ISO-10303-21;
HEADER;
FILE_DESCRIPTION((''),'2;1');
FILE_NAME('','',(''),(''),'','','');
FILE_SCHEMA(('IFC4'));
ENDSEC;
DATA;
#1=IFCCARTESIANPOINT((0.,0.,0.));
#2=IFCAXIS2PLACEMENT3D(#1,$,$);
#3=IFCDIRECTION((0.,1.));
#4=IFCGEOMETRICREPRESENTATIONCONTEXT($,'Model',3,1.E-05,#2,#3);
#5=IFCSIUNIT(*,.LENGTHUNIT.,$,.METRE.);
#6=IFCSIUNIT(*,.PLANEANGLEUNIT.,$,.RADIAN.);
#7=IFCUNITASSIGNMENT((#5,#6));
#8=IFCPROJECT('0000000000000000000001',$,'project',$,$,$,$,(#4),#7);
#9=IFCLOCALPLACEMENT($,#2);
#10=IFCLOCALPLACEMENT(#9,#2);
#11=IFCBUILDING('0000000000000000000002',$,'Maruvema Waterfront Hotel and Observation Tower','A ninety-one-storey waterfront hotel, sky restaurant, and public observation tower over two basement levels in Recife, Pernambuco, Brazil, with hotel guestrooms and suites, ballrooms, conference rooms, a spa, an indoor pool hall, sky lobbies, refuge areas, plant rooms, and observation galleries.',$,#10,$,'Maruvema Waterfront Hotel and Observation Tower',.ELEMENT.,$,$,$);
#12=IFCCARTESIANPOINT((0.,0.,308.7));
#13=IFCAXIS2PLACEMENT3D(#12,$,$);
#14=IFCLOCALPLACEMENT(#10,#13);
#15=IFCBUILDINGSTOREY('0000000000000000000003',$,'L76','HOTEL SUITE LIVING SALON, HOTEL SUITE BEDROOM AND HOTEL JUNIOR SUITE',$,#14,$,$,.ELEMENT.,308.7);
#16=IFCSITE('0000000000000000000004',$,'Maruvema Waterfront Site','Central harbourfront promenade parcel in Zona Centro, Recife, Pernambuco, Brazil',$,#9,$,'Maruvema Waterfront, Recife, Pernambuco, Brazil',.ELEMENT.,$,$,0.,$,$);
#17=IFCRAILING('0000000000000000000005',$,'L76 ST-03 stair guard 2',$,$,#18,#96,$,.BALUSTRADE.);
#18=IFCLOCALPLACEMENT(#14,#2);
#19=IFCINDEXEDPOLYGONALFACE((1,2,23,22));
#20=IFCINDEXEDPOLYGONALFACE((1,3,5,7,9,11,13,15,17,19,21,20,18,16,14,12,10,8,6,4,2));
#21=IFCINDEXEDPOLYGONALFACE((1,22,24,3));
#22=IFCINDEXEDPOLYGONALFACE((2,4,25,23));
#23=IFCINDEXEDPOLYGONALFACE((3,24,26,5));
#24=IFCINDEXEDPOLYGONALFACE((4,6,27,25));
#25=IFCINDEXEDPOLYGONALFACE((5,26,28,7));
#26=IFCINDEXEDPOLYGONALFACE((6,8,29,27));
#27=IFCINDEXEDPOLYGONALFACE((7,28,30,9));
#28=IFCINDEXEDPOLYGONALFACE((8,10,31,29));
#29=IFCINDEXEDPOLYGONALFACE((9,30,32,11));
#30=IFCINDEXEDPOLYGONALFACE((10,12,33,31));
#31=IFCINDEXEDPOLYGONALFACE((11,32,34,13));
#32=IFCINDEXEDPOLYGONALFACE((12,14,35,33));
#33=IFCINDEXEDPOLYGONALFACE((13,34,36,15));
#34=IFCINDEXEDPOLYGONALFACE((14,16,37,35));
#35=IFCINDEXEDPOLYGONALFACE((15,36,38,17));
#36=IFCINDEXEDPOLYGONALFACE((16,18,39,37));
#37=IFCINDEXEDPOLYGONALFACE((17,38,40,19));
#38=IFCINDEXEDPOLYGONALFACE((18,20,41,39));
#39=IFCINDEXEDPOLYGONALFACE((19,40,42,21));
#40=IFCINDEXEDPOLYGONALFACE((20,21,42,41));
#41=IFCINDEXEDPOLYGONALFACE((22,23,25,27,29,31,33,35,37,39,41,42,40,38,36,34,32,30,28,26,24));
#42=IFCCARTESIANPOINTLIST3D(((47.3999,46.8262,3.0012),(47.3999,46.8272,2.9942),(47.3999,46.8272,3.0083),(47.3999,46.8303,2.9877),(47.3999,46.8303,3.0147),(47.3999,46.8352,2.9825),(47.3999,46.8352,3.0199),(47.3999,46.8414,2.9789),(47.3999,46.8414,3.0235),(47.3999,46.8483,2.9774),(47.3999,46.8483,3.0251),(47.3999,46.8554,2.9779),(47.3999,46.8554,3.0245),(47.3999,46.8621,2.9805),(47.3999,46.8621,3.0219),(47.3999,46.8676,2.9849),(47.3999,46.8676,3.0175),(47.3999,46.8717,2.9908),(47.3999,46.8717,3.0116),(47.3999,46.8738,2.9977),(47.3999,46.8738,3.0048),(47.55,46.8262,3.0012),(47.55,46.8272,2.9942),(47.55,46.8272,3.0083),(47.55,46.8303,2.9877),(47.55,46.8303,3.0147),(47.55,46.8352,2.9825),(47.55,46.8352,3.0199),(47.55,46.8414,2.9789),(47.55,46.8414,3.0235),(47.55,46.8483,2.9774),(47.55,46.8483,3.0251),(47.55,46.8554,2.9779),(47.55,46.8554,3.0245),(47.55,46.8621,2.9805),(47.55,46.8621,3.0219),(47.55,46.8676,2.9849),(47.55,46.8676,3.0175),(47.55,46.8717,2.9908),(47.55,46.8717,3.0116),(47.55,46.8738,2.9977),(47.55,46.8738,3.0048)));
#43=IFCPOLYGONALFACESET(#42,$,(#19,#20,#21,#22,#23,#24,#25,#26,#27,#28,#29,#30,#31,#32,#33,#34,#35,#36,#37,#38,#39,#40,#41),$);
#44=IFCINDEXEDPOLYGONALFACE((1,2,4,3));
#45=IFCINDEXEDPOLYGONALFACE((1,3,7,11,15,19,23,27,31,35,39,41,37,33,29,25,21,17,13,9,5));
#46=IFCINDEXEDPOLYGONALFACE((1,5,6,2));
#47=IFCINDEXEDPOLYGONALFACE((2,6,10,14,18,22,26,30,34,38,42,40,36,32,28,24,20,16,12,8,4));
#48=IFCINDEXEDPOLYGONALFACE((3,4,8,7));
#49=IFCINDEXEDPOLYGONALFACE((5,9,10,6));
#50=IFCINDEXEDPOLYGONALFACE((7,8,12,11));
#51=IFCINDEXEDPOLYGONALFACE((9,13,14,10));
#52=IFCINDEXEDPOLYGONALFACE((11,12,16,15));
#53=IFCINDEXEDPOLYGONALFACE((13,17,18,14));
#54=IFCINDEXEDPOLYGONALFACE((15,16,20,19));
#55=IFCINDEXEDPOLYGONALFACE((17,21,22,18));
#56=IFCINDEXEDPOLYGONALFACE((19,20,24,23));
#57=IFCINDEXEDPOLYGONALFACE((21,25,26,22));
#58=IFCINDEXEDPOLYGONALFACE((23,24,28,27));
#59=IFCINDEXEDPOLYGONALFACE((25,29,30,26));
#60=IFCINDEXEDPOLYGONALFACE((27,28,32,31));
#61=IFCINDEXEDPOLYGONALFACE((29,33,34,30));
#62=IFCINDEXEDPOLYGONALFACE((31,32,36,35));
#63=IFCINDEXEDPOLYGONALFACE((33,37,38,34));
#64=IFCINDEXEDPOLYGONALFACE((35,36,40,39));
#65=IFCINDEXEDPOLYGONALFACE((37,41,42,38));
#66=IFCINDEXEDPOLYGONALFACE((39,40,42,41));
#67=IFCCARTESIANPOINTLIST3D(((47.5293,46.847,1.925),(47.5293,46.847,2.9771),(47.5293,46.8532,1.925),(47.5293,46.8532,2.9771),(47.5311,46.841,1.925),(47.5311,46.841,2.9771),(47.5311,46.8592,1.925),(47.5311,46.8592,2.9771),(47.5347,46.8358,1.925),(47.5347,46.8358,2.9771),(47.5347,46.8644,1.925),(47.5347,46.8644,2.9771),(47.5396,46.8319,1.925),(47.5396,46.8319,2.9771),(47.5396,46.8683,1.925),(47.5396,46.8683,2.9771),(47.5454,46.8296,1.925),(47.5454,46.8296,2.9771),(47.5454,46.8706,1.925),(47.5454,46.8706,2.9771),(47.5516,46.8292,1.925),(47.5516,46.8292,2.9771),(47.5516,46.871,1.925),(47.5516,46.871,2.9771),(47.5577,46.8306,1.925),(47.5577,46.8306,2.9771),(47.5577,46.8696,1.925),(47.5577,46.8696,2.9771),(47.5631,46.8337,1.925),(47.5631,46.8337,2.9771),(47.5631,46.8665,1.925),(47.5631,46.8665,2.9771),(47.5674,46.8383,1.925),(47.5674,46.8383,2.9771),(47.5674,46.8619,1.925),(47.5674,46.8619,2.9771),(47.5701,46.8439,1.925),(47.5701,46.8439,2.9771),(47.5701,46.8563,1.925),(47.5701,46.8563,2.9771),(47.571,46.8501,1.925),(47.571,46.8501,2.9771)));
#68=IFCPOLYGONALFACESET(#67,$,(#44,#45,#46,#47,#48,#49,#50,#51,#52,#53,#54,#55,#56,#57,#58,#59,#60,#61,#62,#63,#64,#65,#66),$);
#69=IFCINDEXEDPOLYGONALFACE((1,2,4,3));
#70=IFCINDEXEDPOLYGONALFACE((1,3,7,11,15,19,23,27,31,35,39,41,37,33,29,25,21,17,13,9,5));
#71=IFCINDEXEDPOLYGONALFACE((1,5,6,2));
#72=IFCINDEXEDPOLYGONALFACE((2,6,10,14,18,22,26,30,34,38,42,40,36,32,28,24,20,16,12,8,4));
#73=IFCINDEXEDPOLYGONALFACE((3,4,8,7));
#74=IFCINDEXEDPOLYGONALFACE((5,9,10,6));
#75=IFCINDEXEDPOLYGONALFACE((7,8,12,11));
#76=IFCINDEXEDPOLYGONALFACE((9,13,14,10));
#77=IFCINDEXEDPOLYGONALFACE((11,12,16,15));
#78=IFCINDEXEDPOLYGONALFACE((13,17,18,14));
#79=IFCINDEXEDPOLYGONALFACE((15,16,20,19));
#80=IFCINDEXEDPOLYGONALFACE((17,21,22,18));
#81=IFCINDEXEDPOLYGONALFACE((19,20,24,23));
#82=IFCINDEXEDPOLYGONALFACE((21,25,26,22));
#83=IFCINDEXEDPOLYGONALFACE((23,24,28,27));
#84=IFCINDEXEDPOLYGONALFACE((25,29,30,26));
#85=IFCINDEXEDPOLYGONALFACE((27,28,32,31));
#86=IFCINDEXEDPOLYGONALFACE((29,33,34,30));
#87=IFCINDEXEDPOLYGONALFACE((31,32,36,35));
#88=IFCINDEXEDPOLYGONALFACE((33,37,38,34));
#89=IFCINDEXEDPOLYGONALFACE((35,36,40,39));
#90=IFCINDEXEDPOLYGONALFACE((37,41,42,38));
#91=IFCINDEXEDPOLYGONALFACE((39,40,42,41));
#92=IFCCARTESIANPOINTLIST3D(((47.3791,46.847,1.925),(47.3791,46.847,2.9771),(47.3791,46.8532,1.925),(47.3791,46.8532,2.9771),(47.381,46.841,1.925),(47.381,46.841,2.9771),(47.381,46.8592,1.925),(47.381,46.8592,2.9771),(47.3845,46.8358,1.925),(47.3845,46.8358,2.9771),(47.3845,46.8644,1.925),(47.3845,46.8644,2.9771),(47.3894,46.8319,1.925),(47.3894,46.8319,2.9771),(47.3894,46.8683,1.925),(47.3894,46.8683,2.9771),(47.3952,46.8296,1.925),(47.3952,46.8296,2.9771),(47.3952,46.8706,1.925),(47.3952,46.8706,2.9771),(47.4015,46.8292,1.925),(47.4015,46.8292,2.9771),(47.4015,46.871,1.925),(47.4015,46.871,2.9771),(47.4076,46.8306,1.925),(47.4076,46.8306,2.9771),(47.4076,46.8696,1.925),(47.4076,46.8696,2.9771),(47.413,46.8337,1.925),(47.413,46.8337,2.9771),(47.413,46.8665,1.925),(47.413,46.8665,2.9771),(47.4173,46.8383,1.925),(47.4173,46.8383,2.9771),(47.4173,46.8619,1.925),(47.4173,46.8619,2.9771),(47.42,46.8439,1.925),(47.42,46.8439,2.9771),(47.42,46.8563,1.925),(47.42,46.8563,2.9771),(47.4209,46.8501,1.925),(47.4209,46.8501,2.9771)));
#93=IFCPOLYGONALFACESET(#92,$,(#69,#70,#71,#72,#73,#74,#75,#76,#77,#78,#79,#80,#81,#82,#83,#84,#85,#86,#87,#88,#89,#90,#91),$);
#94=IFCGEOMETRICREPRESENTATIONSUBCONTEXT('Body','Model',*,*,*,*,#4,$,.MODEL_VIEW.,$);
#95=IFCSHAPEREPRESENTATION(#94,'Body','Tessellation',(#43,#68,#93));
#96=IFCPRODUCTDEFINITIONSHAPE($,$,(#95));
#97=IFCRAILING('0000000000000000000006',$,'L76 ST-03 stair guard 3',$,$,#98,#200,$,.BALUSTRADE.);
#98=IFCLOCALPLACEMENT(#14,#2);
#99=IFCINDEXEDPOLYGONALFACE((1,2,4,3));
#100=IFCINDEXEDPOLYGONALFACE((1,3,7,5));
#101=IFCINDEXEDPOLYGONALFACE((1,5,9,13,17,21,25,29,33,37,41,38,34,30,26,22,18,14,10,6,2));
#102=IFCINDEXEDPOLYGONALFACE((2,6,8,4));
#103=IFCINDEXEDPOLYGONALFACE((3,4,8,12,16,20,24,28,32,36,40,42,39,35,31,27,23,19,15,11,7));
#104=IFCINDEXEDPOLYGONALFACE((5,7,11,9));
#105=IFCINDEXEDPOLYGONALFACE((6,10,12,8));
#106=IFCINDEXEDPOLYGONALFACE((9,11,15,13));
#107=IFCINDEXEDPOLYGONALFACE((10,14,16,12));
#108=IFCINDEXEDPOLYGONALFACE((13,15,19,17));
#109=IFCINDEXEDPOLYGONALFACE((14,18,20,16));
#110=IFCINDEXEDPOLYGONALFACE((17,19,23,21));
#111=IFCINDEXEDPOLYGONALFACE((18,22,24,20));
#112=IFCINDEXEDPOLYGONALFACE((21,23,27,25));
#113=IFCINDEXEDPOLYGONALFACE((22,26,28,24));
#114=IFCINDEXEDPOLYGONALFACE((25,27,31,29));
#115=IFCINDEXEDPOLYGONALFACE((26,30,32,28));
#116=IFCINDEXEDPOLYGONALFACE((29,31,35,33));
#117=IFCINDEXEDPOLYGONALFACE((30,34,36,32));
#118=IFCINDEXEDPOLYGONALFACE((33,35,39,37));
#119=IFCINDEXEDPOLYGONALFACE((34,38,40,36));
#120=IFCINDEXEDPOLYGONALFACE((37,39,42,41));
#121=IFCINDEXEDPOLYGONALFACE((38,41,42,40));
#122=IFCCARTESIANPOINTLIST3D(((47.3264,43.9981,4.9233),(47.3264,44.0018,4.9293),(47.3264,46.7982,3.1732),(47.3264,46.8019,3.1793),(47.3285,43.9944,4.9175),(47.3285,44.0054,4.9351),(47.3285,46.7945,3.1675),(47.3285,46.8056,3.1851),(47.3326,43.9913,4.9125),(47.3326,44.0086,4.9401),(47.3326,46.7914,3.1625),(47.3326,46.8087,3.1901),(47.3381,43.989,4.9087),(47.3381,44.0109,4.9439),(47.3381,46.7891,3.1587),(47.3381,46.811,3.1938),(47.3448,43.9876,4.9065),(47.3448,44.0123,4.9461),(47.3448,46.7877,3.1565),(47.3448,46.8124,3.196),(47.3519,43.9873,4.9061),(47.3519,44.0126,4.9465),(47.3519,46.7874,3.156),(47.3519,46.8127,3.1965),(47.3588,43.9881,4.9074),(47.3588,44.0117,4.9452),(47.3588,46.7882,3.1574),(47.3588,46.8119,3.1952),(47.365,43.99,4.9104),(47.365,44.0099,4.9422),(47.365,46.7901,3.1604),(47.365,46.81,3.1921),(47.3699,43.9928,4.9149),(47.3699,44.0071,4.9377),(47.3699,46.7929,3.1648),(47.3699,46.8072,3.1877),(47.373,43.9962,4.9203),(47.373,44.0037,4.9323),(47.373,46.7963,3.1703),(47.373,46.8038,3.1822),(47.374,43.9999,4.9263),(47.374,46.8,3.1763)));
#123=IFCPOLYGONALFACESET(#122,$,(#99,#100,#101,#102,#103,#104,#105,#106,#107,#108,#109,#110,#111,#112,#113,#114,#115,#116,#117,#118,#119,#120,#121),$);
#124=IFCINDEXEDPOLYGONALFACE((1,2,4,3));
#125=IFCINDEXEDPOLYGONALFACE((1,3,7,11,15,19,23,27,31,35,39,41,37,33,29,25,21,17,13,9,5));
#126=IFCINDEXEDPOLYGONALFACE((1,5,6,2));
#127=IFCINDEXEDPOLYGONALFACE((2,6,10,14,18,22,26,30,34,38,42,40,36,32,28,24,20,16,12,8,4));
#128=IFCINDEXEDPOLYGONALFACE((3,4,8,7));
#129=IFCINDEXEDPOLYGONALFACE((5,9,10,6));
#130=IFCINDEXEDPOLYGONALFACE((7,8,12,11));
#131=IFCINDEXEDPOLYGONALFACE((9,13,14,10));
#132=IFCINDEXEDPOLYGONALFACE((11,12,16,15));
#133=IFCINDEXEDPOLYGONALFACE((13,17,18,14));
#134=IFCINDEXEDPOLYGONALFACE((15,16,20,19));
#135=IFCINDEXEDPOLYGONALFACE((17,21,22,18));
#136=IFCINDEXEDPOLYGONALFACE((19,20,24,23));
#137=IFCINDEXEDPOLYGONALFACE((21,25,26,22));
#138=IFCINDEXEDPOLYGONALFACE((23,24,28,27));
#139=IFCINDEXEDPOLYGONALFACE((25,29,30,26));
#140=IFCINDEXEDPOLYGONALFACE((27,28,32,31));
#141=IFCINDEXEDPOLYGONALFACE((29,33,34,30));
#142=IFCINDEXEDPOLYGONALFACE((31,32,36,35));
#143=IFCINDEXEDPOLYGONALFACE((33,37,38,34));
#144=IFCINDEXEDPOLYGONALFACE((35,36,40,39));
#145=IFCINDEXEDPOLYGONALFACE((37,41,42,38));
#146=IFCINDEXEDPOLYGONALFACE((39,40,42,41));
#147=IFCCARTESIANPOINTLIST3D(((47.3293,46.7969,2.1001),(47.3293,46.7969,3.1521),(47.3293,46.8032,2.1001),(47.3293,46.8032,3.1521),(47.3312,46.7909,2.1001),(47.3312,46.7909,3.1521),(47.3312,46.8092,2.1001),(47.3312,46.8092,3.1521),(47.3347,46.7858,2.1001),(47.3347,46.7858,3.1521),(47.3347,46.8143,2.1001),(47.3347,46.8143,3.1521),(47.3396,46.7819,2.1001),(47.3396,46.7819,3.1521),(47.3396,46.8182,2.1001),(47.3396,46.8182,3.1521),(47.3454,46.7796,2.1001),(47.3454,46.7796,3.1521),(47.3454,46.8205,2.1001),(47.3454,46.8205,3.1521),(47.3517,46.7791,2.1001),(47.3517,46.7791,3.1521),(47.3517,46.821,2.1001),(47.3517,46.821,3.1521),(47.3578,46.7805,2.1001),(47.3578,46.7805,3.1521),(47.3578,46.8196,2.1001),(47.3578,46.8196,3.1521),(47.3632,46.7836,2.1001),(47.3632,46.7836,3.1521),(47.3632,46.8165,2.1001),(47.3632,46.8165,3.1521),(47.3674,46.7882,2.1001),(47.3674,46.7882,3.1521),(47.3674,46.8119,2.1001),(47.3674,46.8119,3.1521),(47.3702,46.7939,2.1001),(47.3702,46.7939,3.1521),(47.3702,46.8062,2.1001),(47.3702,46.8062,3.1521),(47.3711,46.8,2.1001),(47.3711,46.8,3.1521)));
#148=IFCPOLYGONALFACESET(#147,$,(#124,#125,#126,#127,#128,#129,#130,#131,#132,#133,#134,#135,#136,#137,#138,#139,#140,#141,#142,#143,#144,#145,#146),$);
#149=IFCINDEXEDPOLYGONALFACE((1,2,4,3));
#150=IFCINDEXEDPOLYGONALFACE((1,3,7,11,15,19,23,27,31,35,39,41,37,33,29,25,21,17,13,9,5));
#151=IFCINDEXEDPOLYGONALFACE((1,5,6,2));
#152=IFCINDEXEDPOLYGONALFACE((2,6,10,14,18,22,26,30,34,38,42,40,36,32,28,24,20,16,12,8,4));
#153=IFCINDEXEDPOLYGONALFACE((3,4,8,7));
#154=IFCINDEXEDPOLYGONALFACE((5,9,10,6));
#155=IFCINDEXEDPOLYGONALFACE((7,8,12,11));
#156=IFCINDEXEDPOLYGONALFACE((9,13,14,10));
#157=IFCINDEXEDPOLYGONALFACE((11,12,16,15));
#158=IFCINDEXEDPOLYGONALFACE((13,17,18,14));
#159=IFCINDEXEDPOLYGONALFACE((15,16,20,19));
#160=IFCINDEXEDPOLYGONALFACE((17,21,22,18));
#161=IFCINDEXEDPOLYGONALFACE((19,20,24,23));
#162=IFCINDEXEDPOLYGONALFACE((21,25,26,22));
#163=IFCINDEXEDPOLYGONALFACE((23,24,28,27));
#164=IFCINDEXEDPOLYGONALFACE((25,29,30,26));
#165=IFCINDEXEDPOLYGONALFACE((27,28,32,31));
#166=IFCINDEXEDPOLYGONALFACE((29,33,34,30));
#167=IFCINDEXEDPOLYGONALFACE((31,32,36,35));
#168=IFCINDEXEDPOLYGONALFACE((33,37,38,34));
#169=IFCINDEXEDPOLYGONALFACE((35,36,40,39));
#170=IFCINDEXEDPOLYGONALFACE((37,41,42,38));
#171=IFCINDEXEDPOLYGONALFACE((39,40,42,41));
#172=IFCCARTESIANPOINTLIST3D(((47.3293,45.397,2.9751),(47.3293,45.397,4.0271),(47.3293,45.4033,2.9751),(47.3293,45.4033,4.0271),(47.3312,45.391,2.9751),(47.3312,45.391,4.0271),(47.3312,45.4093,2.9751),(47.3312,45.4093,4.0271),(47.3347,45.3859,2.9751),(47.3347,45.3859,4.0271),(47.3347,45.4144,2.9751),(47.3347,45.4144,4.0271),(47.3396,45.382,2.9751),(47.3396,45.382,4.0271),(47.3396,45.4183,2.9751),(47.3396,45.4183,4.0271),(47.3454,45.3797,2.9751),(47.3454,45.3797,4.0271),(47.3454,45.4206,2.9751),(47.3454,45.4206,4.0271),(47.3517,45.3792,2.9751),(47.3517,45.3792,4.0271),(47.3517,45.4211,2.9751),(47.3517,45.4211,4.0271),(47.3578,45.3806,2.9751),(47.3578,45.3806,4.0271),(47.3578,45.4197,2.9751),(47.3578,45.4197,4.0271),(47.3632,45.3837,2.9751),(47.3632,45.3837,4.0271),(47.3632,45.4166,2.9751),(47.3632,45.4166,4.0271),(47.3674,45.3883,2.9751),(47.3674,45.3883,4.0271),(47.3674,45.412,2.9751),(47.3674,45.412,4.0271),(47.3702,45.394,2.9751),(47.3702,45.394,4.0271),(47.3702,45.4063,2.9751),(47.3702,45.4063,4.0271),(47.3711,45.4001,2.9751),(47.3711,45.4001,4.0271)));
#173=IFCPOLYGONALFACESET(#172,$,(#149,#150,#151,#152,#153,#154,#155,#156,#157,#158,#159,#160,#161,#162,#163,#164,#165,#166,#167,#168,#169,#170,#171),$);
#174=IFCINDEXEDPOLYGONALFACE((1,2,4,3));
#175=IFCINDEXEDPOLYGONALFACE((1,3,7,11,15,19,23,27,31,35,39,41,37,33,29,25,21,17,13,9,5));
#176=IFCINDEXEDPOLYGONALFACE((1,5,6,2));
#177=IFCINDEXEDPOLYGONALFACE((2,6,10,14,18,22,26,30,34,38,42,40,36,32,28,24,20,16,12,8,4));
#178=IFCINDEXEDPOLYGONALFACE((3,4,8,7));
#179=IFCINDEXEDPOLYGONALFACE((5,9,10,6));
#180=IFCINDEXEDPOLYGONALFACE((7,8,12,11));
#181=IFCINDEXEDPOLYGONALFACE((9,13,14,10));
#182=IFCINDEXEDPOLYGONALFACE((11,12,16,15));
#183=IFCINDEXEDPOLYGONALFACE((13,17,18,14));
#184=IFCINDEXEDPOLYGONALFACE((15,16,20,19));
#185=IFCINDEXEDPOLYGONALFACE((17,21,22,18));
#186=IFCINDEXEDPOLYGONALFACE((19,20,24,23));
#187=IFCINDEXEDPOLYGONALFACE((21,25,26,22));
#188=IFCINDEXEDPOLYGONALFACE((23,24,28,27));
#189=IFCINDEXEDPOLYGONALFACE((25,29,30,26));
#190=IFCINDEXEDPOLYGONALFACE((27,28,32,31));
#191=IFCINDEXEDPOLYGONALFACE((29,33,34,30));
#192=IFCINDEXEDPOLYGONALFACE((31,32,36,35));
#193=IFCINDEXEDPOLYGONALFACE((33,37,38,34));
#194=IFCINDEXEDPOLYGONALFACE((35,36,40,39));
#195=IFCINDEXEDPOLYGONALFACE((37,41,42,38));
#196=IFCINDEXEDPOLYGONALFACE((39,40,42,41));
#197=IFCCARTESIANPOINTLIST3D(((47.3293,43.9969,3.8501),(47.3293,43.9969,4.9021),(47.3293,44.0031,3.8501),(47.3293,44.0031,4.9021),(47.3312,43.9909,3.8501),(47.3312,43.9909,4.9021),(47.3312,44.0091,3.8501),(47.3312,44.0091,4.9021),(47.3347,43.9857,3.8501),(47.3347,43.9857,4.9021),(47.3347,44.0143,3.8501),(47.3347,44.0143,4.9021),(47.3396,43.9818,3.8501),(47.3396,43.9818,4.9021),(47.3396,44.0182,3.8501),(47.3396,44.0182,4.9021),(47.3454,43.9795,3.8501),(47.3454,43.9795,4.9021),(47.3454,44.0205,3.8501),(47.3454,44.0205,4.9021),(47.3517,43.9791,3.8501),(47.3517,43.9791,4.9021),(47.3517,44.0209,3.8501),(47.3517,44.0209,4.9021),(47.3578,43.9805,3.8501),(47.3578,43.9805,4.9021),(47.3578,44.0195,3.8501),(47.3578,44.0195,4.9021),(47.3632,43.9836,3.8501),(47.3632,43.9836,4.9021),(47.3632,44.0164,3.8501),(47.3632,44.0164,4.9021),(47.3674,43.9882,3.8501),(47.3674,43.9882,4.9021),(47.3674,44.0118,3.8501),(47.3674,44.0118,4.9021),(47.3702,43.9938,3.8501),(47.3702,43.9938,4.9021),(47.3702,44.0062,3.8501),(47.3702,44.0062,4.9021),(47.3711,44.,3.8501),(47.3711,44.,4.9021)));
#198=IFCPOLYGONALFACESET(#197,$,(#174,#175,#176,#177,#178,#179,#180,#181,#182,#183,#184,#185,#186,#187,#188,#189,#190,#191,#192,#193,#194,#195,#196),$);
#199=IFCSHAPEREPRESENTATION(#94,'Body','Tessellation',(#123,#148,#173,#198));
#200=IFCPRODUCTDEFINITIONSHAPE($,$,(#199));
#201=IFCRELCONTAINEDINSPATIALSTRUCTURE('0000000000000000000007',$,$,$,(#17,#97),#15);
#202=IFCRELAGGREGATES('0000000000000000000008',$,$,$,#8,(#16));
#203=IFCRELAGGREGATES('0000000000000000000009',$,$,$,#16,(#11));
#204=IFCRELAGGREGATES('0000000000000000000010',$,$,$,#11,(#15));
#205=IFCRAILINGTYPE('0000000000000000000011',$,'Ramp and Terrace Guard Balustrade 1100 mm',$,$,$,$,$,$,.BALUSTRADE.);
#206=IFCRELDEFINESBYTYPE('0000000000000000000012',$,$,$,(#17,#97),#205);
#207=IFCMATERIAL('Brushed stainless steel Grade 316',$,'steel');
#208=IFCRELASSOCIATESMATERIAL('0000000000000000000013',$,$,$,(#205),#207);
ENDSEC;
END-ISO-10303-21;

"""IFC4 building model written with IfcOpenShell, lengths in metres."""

from ifc_helpers import new_model, si_unit, direction, frame, origin, origin_2d, place, context, subcontext, project, spatial, circle, extrude, material, type_object, element, save


model = new_model("IFC4")

# Units and contexts
model_context = context("Model", 3, precision=1e-05, world=origin(), true_north=direction((0.0, 1.0)))
body_context = subcontext(model_context, "Body", "Model", "MODEL_VIEW")
ifc_project = project(units=[si_unit("LENGTHUNIT", "METRE"), si_unit("PLANEANGLEUNIT", "RADIAN")], contexts=[model_context])

# Site, building, storey
site_placement = place(None, origin())
site = spatial("IfcSite", under=ifc_project, at=site_placement, Name="Maruvema Waterfront Site", Description="Central harbourfront promenade parcel in Zona Centro, Recife, Pernambuco, Brazil", LongName="Maruvema Waterfront, Recife, Pernambuco, Brazil", CompositionType="ELEMENT", RefElevation=0.0)
building_placement = place(site_placement, origin())
building = spatial("IfcBuilding", under=site, at=building_placement, Name="Maruvema Waterfront Hotel and Observation Tower", Description="A ninety-one-storey waterfront hotel, sky restaurant, and public observation tower over two basement levels in Recife, Pernambuco, Brazil, with hotel guestrooms and suites, ballrooms, conference rooms, a spa, an indoor pool hall, sky lobbies, refuge areas, plant rooms, and observation galleries.", LongName="Maruvema Waterfront Hotel and Observation Tower", CompositionType="ELEMENT")
storey_placement = place(building_placement, frame((0.0, 0.0, 308.7)))
storey = spatial("IfcBuildingStorey", under=building, at=storey_placement, Name="L76", Description="HOTEL SUITE LIVING SALON, HOTEL SUITE BEDROOM AND HOTEL JUNIOR SUITE", CompositionType="ELEMENT", Elevation=308.7)

# Railings
ifc_material_1 = material(Name="Brushed stainless steel Grade 316", Category="steel")
railing_type_1 = type_object("IfcRailingType", Name="Ramp and Terrace Guard Balustrade 1100 mm", PredefinedType="BALUSTRADE", material=ifc_material_1)
railing_1_placement = place(storey_placement, frame((47.55, 46.8501, 1.925)))
element("IfcRailing", 1, at=railing_1_placement, inside=storey, type_object=railing_type_1, Name="L76 ST-03 stair guard 2", PredefinedType="BALUSTRADE", context=body_context, shape_type="SweptSolid", body=[
    extrude(circle(Radius=0.0239, at=origin_2d()), frame((0.0, 0.0, 1.0762), z_axis=(-1.0, 0.0, 0.0), x_axis=(0.0, -1.0, 0.0)), (0.0, 0.0, 1.0), 0.1501),
    extrude(circle(Radius=0.021, at=origin_2d()), origin(), (0.0, 0.0, 1.0), 1.052),
    extrude(circle(Radius=0.021, at=origin_2d()), frame((-0.1501, 0.0, 0.0)), (0.0, 0.0, 1.0), 1.052),
])
railing_2_placement = place(storey_placement, frame((47.3501, 46.8, 2.1001)))
element("IfcRailing", 2, at=railing_2_placement, inside=storey, type_object=railing_type_1, Name="L76 ST-03 stair guard 3", PredefinedType="BALUSTRADE", context=body_context, shape_type="SweptSolid", body=[
    extrude(circle(Radius=0.0239, at=origin_2d()), frame((0.0, 0.0, 1.0762), z_axis=(0.0, -0.848002, 0.529992), x_axis=(1.0, 0.0, 0.0)), (0.0, 0.0, 1.0), 3.302),
    extrude(circle(Radius=0.021, at=origin_2d()), origin(), (0.0, 0.0, 1.0), 1.052),
    extrude(circle(Radius=0.021, at=origin_2d()), frame((0.0, -1.3999, 0.875)), (0.0, 0.0, 1.0), 1.052),
    extrude(circle(Radius=0.021, at=origin_2d()), frame((0.0, -2.8, 1.75)), (0.0, 0.0, 1.0), 1.052),
])

save(model, "model.ifc")
